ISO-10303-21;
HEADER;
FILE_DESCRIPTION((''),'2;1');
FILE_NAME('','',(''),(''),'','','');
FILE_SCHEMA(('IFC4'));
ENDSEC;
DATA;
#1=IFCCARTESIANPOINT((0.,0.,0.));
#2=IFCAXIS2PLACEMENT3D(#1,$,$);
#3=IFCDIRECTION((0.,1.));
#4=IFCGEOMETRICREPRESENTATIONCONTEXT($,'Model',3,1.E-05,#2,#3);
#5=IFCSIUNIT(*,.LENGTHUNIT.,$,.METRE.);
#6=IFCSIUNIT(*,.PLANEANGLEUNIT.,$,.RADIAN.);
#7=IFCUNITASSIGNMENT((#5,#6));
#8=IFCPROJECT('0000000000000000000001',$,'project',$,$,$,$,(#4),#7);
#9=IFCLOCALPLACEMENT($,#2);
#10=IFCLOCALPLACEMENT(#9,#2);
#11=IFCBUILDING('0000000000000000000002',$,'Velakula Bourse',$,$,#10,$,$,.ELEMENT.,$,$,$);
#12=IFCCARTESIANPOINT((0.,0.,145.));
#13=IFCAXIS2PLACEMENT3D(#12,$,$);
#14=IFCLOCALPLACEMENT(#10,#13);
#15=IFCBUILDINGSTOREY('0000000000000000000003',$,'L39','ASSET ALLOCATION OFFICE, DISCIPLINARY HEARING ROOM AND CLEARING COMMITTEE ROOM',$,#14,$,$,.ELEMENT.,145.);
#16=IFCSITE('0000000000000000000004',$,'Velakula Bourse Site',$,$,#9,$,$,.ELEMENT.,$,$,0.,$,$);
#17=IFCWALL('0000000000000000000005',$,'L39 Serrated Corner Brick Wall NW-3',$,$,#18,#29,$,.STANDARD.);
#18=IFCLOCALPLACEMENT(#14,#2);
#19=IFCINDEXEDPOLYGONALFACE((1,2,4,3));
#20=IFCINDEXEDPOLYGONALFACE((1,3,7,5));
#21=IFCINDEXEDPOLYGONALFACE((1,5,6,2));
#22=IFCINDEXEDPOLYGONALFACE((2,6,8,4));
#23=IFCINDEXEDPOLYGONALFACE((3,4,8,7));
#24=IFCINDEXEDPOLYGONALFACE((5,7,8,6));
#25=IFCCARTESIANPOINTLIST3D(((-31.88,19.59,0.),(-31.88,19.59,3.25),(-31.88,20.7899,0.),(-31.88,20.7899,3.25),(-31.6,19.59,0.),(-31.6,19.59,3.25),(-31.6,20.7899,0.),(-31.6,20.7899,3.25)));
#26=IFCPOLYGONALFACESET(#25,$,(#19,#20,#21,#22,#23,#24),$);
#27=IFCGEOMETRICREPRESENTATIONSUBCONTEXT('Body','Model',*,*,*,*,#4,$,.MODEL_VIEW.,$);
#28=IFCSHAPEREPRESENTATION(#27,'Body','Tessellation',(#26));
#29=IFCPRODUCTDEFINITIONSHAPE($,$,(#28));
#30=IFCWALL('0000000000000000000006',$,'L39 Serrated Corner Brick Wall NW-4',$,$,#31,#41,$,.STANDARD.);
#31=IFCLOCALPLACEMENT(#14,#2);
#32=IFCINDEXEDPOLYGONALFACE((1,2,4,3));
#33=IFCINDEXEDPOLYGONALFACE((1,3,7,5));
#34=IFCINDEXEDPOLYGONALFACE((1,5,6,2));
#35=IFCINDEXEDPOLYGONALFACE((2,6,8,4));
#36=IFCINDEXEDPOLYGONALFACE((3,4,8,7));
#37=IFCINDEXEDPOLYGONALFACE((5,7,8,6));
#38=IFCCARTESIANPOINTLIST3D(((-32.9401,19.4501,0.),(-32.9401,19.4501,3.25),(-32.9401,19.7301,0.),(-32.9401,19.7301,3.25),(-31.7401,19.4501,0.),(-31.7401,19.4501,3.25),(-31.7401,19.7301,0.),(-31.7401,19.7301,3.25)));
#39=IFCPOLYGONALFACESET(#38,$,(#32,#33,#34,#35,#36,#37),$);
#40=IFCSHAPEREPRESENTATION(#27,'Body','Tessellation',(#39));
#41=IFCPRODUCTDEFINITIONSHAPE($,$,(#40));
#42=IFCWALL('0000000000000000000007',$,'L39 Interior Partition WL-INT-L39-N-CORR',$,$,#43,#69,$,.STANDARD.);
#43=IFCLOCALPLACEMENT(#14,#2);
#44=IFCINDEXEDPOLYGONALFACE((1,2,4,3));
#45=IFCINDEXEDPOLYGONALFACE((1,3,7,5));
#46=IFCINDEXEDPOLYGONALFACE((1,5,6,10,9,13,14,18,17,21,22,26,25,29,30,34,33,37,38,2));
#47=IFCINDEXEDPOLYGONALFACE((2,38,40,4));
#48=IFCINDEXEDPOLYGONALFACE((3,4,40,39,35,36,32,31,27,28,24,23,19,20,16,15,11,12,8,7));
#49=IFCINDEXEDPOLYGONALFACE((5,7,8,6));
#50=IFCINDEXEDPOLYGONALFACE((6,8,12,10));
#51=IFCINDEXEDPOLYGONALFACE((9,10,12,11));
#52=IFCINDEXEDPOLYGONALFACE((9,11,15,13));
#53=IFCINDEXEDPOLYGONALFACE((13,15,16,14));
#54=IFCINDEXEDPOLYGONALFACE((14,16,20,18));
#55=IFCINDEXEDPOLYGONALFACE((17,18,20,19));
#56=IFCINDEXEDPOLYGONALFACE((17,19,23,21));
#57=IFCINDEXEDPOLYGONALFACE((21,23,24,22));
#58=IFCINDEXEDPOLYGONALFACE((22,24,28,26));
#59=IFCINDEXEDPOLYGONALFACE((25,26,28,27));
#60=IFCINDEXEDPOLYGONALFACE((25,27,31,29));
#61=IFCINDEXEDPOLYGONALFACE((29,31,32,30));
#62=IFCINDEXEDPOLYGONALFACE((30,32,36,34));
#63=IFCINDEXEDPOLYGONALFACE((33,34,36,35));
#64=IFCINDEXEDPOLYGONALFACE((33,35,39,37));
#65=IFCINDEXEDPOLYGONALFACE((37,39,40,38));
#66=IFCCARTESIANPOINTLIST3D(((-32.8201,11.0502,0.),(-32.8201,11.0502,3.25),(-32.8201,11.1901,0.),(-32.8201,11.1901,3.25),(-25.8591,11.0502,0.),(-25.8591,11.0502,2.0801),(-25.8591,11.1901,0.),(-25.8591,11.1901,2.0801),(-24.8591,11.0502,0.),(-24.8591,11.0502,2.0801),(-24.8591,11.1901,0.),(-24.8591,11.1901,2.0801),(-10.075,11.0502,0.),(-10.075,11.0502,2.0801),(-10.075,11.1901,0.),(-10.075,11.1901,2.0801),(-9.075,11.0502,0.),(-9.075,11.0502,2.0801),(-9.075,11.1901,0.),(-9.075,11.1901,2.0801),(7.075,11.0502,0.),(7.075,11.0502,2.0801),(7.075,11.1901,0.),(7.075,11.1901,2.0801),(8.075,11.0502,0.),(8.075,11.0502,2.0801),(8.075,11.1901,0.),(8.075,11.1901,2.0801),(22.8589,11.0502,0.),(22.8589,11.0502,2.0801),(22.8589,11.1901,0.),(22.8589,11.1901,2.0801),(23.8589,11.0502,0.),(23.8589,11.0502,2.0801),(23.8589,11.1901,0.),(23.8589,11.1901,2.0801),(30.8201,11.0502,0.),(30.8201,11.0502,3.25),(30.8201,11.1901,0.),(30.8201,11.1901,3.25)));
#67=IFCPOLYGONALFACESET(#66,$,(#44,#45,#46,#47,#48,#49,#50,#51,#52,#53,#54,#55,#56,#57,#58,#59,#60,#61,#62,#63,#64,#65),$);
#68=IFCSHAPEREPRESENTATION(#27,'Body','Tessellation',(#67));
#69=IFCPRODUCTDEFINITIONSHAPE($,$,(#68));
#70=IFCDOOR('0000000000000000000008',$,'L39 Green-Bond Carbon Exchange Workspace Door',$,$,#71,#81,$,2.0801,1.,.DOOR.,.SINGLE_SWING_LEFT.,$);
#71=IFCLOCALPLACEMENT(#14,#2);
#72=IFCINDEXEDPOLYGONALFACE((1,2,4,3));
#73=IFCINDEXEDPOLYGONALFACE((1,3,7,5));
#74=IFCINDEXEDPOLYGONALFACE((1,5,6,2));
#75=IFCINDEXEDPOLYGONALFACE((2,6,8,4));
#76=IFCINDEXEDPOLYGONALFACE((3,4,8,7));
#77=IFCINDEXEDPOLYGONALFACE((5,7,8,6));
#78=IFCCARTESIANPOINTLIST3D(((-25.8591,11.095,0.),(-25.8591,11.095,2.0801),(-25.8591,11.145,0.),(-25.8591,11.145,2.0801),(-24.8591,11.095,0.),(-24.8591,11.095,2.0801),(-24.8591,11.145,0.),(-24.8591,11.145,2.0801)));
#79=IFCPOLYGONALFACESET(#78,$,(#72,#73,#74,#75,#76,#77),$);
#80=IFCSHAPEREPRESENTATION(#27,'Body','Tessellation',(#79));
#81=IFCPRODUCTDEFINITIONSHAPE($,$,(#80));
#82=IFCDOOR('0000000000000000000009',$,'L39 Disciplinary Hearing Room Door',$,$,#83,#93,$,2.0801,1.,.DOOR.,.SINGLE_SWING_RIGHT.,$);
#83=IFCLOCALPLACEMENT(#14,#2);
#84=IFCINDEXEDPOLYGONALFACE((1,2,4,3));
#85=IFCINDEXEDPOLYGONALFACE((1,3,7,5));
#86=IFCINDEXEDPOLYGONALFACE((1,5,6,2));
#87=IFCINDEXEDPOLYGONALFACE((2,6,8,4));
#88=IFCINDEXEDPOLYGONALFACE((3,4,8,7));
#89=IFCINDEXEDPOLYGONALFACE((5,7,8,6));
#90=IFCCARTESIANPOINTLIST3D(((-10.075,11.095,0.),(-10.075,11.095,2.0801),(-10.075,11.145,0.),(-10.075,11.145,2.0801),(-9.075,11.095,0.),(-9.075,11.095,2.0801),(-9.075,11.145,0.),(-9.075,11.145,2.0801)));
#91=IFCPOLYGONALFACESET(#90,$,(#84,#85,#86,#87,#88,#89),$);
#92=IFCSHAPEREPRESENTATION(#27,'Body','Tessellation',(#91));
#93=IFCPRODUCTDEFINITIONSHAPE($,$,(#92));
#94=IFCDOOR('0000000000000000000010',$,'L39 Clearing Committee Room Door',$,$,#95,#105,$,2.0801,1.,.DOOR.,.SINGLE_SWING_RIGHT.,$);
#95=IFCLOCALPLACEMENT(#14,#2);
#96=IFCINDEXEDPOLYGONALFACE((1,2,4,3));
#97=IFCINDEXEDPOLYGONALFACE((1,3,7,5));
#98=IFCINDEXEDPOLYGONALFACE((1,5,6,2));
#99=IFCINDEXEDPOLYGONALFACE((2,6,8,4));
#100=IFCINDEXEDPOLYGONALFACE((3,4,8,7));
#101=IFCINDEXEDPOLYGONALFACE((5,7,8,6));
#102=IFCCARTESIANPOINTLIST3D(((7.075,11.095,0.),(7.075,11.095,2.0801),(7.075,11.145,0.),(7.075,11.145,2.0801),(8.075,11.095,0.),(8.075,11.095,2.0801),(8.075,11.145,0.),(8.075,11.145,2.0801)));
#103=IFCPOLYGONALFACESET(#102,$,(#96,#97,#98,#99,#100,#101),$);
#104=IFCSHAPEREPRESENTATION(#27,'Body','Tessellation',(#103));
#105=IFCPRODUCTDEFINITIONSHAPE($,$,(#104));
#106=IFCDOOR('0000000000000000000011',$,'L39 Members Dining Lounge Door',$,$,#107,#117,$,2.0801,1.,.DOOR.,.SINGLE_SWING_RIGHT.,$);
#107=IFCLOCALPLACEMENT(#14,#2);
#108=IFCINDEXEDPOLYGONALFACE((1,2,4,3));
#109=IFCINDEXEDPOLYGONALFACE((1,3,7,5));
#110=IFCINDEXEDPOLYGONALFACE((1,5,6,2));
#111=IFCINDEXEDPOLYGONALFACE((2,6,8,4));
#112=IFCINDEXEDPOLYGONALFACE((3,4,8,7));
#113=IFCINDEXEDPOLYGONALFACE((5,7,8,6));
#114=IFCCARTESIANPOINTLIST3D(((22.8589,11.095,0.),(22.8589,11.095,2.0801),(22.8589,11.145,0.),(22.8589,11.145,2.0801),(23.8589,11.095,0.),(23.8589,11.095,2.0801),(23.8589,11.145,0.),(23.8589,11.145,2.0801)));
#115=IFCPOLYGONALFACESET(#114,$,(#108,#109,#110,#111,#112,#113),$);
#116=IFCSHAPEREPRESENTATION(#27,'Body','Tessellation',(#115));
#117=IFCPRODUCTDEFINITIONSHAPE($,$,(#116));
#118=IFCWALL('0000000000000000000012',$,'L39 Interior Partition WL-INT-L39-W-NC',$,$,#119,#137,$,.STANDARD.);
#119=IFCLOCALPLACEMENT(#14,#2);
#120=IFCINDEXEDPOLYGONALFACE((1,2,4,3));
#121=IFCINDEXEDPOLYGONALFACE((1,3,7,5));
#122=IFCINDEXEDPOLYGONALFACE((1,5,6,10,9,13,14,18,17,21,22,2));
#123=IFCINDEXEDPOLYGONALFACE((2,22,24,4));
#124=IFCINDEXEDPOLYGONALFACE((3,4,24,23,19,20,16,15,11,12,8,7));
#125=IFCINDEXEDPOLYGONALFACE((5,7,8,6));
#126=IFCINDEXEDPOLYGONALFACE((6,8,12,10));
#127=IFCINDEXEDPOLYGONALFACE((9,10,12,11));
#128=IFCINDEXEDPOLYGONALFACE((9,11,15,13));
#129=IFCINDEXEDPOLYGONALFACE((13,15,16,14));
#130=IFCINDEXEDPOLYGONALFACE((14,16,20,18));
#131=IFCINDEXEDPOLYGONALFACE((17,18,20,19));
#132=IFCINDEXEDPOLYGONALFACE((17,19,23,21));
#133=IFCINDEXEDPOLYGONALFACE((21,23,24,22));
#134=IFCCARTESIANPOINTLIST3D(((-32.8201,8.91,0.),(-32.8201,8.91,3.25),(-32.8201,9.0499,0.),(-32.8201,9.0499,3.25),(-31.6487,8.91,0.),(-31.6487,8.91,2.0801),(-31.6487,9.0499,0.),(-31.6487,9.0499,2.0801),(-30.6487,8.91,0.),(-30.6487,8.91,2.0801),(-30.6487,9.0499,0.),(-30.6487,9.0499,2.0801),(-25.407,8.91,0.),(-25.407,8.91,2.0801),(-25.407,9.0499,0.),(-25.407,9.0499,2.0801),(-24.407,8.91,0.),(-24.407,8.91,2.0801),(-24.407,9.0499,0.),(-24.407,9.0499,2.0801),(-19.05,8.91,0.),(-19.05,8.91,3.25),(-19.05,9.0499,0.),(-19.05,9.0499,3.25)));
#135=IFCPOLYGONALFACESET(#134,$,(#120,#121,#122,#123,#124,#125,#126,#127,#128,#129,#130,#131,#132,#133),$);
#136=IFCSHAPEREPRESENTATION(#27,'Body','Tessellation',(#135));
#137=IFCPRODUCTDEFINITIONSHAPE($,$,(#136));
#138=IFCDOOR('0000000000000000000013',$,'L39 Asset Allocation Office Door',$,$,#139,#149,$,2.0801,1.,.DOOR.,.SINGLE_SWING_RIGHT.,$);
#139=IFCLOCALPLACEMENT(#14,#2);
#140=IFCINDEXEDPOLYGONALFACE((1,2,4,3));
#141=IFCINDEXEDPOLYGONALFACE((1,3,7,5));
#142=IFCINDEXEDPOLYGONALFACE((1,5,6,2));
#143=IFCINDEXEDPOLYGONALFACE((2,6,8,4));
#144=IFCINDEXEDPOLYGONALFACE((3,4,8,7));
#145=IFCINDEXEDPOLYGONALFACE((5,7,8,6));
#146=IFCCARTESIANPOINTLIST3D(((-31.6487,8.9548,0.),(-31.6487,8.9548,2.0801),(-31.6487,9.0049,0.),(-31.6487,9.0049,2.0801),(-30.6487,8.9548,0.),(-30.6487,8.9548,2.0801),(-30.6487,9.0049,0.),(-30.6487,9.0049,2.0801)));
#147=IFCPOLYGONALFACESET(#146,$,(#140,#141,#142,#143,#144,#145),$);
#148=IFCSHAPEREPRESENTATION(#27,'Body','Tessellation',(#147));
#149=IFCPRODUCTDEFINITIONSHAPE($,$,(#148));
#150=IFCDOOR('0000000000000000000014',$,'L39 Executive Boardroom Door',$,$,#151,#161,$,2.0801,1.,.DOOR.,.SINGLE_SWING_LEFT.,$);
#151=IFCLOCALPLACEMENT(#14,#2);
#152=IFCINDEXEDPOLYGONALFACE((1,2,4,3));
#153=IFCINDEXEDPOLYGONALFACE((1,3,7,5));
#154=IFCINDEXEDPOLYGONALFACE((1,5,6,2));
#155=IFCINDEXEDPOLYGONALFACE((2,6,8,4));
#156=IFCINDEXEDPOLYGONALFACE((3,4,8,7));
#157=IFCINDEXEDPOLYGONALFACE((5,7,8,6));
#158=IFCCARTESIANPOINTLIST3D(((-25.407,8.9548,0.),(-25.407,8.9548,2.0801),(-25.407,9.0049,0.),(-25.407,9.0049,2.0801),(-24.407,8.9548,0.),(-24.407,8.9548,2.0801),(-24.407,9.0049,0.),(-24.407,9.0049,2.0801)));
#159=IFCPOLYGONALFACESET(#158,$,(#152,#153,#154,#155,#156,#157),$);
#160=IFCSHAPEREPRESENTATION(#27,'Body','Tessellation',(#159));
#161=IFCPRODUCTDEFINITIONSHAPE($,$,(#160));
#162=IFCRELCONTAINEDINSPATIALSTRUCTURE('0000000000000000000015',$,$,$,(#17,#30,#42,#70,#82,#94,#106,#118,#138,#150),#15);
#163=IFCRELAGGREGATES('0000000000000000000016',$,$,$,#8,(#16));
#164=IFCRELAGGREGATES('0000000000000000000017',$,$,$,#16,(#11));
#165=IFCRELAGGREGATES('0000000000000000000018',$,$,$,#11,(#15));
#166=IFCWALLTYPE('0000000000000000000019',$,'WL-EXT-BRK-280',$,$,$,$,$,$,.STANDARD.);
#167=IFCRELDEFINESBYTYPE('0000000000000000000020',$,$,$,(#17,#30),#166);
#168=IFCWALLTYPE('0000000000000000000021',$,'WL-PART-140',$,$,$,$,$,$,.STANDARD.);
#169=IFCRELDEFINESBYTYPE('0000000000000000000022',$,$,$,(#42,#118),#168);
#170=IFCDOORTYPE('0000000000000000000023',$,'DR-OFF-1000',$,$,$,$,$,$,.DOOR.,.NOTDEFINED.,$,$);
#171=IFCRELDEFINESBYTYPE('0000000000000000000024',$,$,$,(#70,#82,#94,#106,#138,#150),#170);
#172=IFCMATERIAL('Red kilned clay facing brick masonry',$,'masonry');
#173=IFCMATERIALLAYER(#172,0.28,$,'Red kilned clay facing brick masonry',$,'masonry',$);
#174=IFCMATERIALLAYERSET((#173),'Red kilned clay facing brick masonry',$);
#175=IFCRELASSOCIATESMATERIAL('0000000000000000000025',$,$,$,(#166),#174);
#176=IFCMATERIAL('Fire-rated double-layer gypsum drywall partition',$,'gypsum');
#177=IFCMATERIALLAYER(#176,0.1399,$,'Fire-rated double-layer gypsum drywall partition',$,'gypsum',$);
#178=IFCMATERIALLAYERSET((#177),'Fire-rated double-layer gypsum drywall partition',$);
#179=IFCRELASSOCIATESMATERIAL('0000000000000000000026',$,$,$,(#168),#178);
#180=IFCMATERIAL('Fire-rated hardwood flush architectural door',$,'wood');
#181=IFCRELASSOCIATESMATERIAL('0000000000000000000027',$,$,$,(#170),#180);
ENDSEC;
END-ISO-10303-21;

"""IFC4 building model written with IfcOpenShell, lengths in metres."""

from ifc_helpers import new_model, si_unit, direction, frame, frame_2d, origin, place, context, subcontext, project, spatial, rectangle, extrude, material, layer, layer_set, type_object, element, fill, save


model = new_model("IFC4")

# Units and contexts
model_context = context("Model", 3, precision=1e-05, world=origin(), true_north=direction((0.0, 1.0)))
body_context = subcontext(model_context, "Body", "Model", "MODEL_VIEW")
ifc_project = project(units=[si_unit("LENGTHUNIT", "METRE"), si_unit("PLANEANGLEUNIT", "RADIAN")], contexts=[model_context])

# Site, building, storey
site_placement = place(None, origin())
site = spatial("IfcSite", under=ifc_project, at=site_placement, Name="Velakula Bourse Site", CompositionType="ELEMENT", RefElevation=0.0)
building_placement = place(site_placement, origin())
building = spatial("IfcBuilding", under=site, at=building_placement, Name="Velakula Bourse", CompositionType="ELEMENT")
storey_placement = place(building_placement, frame((0.0, 0.0, 145.0)))
storey = spatial("IfcBuildingStorey", under=building, at=storey_placement, Name="L39", Description="ASSET ALLOCATION OFFICE, DISCIPLINARY HEARING ROOM AND CLEARING COMMITTEE ROOM", CompositionType="ELEMENT", Elevation=145.0)

# Shared definitions
ifc_material_1 = material(Name="Red kilned clay facing brick masonry", Category="masonry")
ifc_layer_1 = layer(ifc_material_1, 0.28, Name="Red kilned clay facing brick masonry", Category="masonry")
ifc_layer_set_1 = layer_set([ifc_layer_1], Name="Red kilned clay facing brick masonry")
wall_type_1 = type_object("IfcWallType", Name="WL-EXT-BRK-280", PredefinedType="STANDARD", material=ifc_layer_set_1)

# Walls
for number, where, z_axis, x_axis, name in (
    (1, (-31.74, 20.79, 0.0), (0.0, 0.0, 1.0), (0.0, -1.0, 0.0), "L39 Serrated Corner Brick Wall NW-3"),
    (2, (-31.74, 19.5901, 0.0), (0.0, 0.0, 1.0), (-1.0, 0.0, 0.0), "L39 Serrated Corner Brick Wall NW-4"),
):
    element("IfcWall", number, at=place(storey_placement, frame(where, z_axis=z_axis, x_axis=x_axis)), inside=storey, type_object=wall_type_1, Name=name, PredefinedType="STANDARD", context=body_context, shape_type="SweptSolid", body=[
        extrude(rectangle(XDim=1.2, YDim=0.28, at=frame_2d((0.6001, 0.0))), origin(), (0.0, 0.0, 1.0), 3.25),
    ])

# Walls, openings, doors
ifc_material_2 = material(Name="Fire-rated double-layer gypsum drywall partition", Category="gypsum")
ifc_layer_2 = layer(ifc_material_2, 0.1399, Name="Fire-rated double-layer gypsum drywall partition", Category="gypsum")
ifc_layer_set_2 = layer_set([ifc_layer_2], Name="Fire-rated double-layer gypsum drywall partition")
wall_type_2 = type_object("IfcWallType", Name="WL-PART-140", PredefinedType="STANDARD", material=ifc_layer_set_2)
wall_1_placement = place(storey_placement, frame((-32.8201, 11.1201, 0.0), z_axis=(0.0, 0.0, 1.0), x_axis=(1.0, 0.0, 0.0)))
wall_1 = element("IfcWall", 3, at=wall_1_placement, inside=storey, type_object=wall_type_2, Name="L39 Interior Partition WL-INT-L39-N-CORR", PredefinedType="STANDARD", context=body_context, shape_type="SweptSolid", body=[
    extrude(rectangle(XDim=63.6401, YDim=0.1399, at=frame_2d((31.8201, 0.0))), origin(), (0.0, 0.0, 1.0), 3.25),
])
opening_1_placement = place(wall_1_placement, frame((6.9609, 0.0, 0.0)))
opening_1 = element("IfcOpeningElement", 4, at=opening_1_placement, cuts=wall_1, PredefinedType="OPENING", context=body_context, shape_type="SweptSolid", body=[
    extrude(rectangle(XDim=1.0, YDim=2.0801, at=frame_2d((0.5, 1.04))), frame((0.0, 0.0798, 0.0), z_axis=(0.0, -1.0, 0.0), x_axis=(1.0, 0.0, 0.0)), (0.0, 0.0, 1.0), 0.1599),
])
opening_2_placement = place(wall_1_placement, frame((22.7451, 0.0, 0.0)))
opening_2 = element("IfcOpeningElement", 5, at=opening_2_placement, cuts=wall_1, PredefinedType="OPENING", context=body_context, shape_type="SweptSolid", body=[
    extrude(rectangle(XDim=1.0, YDim=2.0801, at=frame_2d((0.5, 1.04))), frame((0.0, 0.0798, 0.0), z_axis=(0.0, -1.0, 0.0), x_axis=(1.0, 0.0, 0.0)), (0.0, 0.0, 1.0), 0.1599),
])
opening_3_placement = place(wall_1_placement, frame((39.895, 0.0, 0.0)))
opening_3 = element("IfcOpeningElement", 6, at=opening_3_placement, cuts=wall_1, PredefinedType="OPENING", context=body_context, shape_type="SweptSolid", body=[
    extrude(rectangle(XDim=1.0, YDim=2.0801, at=frame_2d((0.5, 1.04))), frame((0.0, 0.0798, 0.0), z_axis=(0.0, -1.0, 0.0), x_axis=(1.0, 0.0, 0.0)), (0.0, 0.0, 1.0), 0.1599),
])
opening_4_placement = place(wall_1_placement, frame((55.679, 0.0, 0.0)))
opening_4 = element("IfcOpeningElement", 7, at=opening_4_placement, cuts=wall_1, PredefinedType="OPENING", context=body_context, shape_type="SweptSolid", body=[
    extrude(rectangle(XDim=1.0, YDim=2.0801, at=frame_2d((0.5, 1.04))), frame((0.0, 0.0798, 0.0), z_axis=(0.0, -1.0, 0.0), x_axis=(1.0, 0.0, 0.0)), (0.0, 0.0, 1.0), 0.1599),
])
ifc_material_3 = material(Name="Fire-rated hardwood flush architectural door", Category="wood")
door_type = type_object("IfcDoorType", Name="DR-OFF-1000", OperationType="NOTDEFINED", PredefinedType="DOOR", material=ifc_material_3)
door_1_placement = place(opening_1_placement, origin())
door_1 = element("IfcDoor", 8, at=door_1_placement, inside=storey, type_object=door_type, Name="L39 Green-Bond Carbon Exchange Workspace Door", OperationType="SINGLE_SWING_LEFT", OverallHeight=2.0801, OverallWidth=1.0, PredefinedType="DOOR", context=body_context, shape_type="SweptSolid", body=[
    extrude(rectangle(XDim=1.0, YDim=2.0801, at=frame_2d((0.5, 1.04))), frame((0.0, 0.0249, 0.0), z_axis=(0.0, -1.0, 0.0), x_axis=(1.0, 0.0, 0.0)), (0.0, 0.0, 1.0), 0.05),
])
fill(opening_1, door_1)
door_2_placement = place(opening_2_placement, origin())
door_2 = element("IfcDoor", 9, at=door_2_placement, inside=storey, type_object=door_type, Name="L39 Disciplinary Hearing Room Door", OperationType="SINGLE_SWING_RIGHT", OverallHeight=2.0801, OverallWidth=1.0, PredefinedType="DOOR", context=body_context, shape_type="SweptSolid", body=[
    extrude(rectangle(XDim=1.0, YDim=2.0801, at=frame_2d((0.5, 1.04))), frame((0.0, 0.0249, 0.0), z_axis=(0.0, -1.0, 0.0), x_axis=(1.0, 0.0, 0.0)), (0.0, 0.0, 1.0), 0.05),
])
fill(opening_2, door_2)
door_3_placement = place(opening_3_placement, origin())
door_3 = element("IfcDoor", 10, at=door_3_placement, inside=storey, type_object=door_type, Name="L39 Clearing Committee Room Door", OperationType="SINGLE_SWING_RIGHT", OverallHeight=2.0801, OverallWidth=1.0, PredefinedType="DOOR", context=body_context, shape_type="SweptSolid", body=[
    extrude(rectangle(XDim=1.0, YDim=2.0801, at=frame_2d((0.5, 1.04))), frame((0.0, 0.0249, 0.0), z_axis=(0.0, -1.0, 0.0), x_axis=(1.0, 0.0, 0.0)), (0.0, 0.0, 1.0), 0.05),
])
fill(opening_3, door_3)
door_4_placement = place(opening_4_placement, origin())
door_4 = element("IfcDoor", 11, at=door_4_placement, inside=storey, type_object=door_type, Name="L39 Members Dining Lounge Door", OperationType="SINGLE_SWING_RIGHT", OverallHeight=2.0801, OverallWidth=1.0, PredefinedType="DOOR", context=body_context, shape_type="SweptSolid", body=[
    extrude(rectangle(XDim=1.0, YDim=2.0801, at=frame_2d((0.5, 1.04))), frame((0.0, 0.0249, 0.0), z_axis=(0.0, -1.0, 0.0), x_axis=(1.0, 0.0, 0.0)), (0.0, 0.0, 1.0), 0.05),
])
fill(opening_4, door_4)
wall_2_placement = place(storey_placement, frame((-32.8201, 8.98, 0.0), z_axis=(0.0, 0.0, 1.0), x_axis=(1.0, 0.0, 0.0)))
wall_2 = element("IfcWall", 12, at=wall_2_placement, inside=storey, type_object=wall_type_2, Name="L39 Interior Partition WL-INT-L39-W-NC", PredefinedType="STANDARD", context=body_context, shape_type="SweptSolid", body=[
    extrude(rectangle(XDim=13.77, YDim=0.1399, at=frame_2d((6.885, 0.0))), origin(), (0.0, 0.0, 1.0), 3.25),
])
opening_5_placement = place(wall_2_placement, frame((1.1714, 0.0, 0.0)))
opening_5 = element("IfcOpeningElement", 13, at=opening_5_placement, cuts=wall_2, PredefinedType="OPENING", context=body_context, shape_type="SweptSolid", body=[
    extrude(rectangle(XDim=1.0, YDim=2.0801, at=frame_2d((0.5, 1.04))), frame((0.0, 0.0798, 0.0), z_axis=(0.0, -1.0, 0.0), x_axis=(1.0, 0.0, 0.0)), (0.0, 0.0, 1.0), 0.1599),
])
opening_6_placement = place(wall_2_placement, frame((7.4131, 0.0, 0.0)))
opening_6 = element("IfcOpeningElement", 14, at=opening_6_placement, cuts=wall_2, PredefinedType="OPENING", context=body_context, shape_type="SweptSolid", body=[
    extrude(rectangle(XDim=1.0, YDim=2.0801, at=frame_2d((0.5, 1.04))), frame((0.0, 0.0798, 0.0), z_axis=(0.0, -1.0, 0.0), x_axis=(1.0, 0.0, 0.0)), (0.0, 0.0, 1.0), 0.1599),
])
door_5_placement = place(opening_5_placement, origin())
door_5 = element("IfcDoor", 15, at=door_5_placement, inside=storey, type_object=door_type, Name="L39 Asset Allocation Office Door", OperationType="SINGLE_SWING_RIGHT", OverallHeight=2.0801, OverallWidth=1.0, PredefinedType="DOOR", context=body_context, shape_type="SweptSolid", body=[
    extrude(rectangle(XDim=1.0, YDim=2.0801, at=frame_2d((0.5, 1.04))), frame((0.0, 0.0249, 0.0), z_axis=(0.0, -1.0, 0.0), x_axis=(1.0, 0.0, 0.0)), (0.0, 0.0, 1.0), 0.05),
])
fill(opening_5, door_5)
door_6_placement = place(opening_6_placement, origin())
door_6 = element("IfcDoor", 16, at=door_6_placement, inside=storey, type_object=door_type, Name="L39 Executive Boardroom Door", OperationType="SINGLE_SWING_LEFT", OverallHeight=2.0801, OverallWidth=1.0, PredefinedType="DOOR", context=body_context, shape_type="SweptSolid", body=[
    extrude(rectangle(XDim=1.0, YDim=2.0801, at=frame_2d((0.5, 1.04))), frame((0.0, 0.0249, 0.0), z_axis=(0.0, -1.0, 0.0), x_axis=(1.0, 0.0, 0.0)), (0.0, 0.0, 1.0), 0.05),
])
fill(opening_6, door_6)

save(model, "model.ifc")
